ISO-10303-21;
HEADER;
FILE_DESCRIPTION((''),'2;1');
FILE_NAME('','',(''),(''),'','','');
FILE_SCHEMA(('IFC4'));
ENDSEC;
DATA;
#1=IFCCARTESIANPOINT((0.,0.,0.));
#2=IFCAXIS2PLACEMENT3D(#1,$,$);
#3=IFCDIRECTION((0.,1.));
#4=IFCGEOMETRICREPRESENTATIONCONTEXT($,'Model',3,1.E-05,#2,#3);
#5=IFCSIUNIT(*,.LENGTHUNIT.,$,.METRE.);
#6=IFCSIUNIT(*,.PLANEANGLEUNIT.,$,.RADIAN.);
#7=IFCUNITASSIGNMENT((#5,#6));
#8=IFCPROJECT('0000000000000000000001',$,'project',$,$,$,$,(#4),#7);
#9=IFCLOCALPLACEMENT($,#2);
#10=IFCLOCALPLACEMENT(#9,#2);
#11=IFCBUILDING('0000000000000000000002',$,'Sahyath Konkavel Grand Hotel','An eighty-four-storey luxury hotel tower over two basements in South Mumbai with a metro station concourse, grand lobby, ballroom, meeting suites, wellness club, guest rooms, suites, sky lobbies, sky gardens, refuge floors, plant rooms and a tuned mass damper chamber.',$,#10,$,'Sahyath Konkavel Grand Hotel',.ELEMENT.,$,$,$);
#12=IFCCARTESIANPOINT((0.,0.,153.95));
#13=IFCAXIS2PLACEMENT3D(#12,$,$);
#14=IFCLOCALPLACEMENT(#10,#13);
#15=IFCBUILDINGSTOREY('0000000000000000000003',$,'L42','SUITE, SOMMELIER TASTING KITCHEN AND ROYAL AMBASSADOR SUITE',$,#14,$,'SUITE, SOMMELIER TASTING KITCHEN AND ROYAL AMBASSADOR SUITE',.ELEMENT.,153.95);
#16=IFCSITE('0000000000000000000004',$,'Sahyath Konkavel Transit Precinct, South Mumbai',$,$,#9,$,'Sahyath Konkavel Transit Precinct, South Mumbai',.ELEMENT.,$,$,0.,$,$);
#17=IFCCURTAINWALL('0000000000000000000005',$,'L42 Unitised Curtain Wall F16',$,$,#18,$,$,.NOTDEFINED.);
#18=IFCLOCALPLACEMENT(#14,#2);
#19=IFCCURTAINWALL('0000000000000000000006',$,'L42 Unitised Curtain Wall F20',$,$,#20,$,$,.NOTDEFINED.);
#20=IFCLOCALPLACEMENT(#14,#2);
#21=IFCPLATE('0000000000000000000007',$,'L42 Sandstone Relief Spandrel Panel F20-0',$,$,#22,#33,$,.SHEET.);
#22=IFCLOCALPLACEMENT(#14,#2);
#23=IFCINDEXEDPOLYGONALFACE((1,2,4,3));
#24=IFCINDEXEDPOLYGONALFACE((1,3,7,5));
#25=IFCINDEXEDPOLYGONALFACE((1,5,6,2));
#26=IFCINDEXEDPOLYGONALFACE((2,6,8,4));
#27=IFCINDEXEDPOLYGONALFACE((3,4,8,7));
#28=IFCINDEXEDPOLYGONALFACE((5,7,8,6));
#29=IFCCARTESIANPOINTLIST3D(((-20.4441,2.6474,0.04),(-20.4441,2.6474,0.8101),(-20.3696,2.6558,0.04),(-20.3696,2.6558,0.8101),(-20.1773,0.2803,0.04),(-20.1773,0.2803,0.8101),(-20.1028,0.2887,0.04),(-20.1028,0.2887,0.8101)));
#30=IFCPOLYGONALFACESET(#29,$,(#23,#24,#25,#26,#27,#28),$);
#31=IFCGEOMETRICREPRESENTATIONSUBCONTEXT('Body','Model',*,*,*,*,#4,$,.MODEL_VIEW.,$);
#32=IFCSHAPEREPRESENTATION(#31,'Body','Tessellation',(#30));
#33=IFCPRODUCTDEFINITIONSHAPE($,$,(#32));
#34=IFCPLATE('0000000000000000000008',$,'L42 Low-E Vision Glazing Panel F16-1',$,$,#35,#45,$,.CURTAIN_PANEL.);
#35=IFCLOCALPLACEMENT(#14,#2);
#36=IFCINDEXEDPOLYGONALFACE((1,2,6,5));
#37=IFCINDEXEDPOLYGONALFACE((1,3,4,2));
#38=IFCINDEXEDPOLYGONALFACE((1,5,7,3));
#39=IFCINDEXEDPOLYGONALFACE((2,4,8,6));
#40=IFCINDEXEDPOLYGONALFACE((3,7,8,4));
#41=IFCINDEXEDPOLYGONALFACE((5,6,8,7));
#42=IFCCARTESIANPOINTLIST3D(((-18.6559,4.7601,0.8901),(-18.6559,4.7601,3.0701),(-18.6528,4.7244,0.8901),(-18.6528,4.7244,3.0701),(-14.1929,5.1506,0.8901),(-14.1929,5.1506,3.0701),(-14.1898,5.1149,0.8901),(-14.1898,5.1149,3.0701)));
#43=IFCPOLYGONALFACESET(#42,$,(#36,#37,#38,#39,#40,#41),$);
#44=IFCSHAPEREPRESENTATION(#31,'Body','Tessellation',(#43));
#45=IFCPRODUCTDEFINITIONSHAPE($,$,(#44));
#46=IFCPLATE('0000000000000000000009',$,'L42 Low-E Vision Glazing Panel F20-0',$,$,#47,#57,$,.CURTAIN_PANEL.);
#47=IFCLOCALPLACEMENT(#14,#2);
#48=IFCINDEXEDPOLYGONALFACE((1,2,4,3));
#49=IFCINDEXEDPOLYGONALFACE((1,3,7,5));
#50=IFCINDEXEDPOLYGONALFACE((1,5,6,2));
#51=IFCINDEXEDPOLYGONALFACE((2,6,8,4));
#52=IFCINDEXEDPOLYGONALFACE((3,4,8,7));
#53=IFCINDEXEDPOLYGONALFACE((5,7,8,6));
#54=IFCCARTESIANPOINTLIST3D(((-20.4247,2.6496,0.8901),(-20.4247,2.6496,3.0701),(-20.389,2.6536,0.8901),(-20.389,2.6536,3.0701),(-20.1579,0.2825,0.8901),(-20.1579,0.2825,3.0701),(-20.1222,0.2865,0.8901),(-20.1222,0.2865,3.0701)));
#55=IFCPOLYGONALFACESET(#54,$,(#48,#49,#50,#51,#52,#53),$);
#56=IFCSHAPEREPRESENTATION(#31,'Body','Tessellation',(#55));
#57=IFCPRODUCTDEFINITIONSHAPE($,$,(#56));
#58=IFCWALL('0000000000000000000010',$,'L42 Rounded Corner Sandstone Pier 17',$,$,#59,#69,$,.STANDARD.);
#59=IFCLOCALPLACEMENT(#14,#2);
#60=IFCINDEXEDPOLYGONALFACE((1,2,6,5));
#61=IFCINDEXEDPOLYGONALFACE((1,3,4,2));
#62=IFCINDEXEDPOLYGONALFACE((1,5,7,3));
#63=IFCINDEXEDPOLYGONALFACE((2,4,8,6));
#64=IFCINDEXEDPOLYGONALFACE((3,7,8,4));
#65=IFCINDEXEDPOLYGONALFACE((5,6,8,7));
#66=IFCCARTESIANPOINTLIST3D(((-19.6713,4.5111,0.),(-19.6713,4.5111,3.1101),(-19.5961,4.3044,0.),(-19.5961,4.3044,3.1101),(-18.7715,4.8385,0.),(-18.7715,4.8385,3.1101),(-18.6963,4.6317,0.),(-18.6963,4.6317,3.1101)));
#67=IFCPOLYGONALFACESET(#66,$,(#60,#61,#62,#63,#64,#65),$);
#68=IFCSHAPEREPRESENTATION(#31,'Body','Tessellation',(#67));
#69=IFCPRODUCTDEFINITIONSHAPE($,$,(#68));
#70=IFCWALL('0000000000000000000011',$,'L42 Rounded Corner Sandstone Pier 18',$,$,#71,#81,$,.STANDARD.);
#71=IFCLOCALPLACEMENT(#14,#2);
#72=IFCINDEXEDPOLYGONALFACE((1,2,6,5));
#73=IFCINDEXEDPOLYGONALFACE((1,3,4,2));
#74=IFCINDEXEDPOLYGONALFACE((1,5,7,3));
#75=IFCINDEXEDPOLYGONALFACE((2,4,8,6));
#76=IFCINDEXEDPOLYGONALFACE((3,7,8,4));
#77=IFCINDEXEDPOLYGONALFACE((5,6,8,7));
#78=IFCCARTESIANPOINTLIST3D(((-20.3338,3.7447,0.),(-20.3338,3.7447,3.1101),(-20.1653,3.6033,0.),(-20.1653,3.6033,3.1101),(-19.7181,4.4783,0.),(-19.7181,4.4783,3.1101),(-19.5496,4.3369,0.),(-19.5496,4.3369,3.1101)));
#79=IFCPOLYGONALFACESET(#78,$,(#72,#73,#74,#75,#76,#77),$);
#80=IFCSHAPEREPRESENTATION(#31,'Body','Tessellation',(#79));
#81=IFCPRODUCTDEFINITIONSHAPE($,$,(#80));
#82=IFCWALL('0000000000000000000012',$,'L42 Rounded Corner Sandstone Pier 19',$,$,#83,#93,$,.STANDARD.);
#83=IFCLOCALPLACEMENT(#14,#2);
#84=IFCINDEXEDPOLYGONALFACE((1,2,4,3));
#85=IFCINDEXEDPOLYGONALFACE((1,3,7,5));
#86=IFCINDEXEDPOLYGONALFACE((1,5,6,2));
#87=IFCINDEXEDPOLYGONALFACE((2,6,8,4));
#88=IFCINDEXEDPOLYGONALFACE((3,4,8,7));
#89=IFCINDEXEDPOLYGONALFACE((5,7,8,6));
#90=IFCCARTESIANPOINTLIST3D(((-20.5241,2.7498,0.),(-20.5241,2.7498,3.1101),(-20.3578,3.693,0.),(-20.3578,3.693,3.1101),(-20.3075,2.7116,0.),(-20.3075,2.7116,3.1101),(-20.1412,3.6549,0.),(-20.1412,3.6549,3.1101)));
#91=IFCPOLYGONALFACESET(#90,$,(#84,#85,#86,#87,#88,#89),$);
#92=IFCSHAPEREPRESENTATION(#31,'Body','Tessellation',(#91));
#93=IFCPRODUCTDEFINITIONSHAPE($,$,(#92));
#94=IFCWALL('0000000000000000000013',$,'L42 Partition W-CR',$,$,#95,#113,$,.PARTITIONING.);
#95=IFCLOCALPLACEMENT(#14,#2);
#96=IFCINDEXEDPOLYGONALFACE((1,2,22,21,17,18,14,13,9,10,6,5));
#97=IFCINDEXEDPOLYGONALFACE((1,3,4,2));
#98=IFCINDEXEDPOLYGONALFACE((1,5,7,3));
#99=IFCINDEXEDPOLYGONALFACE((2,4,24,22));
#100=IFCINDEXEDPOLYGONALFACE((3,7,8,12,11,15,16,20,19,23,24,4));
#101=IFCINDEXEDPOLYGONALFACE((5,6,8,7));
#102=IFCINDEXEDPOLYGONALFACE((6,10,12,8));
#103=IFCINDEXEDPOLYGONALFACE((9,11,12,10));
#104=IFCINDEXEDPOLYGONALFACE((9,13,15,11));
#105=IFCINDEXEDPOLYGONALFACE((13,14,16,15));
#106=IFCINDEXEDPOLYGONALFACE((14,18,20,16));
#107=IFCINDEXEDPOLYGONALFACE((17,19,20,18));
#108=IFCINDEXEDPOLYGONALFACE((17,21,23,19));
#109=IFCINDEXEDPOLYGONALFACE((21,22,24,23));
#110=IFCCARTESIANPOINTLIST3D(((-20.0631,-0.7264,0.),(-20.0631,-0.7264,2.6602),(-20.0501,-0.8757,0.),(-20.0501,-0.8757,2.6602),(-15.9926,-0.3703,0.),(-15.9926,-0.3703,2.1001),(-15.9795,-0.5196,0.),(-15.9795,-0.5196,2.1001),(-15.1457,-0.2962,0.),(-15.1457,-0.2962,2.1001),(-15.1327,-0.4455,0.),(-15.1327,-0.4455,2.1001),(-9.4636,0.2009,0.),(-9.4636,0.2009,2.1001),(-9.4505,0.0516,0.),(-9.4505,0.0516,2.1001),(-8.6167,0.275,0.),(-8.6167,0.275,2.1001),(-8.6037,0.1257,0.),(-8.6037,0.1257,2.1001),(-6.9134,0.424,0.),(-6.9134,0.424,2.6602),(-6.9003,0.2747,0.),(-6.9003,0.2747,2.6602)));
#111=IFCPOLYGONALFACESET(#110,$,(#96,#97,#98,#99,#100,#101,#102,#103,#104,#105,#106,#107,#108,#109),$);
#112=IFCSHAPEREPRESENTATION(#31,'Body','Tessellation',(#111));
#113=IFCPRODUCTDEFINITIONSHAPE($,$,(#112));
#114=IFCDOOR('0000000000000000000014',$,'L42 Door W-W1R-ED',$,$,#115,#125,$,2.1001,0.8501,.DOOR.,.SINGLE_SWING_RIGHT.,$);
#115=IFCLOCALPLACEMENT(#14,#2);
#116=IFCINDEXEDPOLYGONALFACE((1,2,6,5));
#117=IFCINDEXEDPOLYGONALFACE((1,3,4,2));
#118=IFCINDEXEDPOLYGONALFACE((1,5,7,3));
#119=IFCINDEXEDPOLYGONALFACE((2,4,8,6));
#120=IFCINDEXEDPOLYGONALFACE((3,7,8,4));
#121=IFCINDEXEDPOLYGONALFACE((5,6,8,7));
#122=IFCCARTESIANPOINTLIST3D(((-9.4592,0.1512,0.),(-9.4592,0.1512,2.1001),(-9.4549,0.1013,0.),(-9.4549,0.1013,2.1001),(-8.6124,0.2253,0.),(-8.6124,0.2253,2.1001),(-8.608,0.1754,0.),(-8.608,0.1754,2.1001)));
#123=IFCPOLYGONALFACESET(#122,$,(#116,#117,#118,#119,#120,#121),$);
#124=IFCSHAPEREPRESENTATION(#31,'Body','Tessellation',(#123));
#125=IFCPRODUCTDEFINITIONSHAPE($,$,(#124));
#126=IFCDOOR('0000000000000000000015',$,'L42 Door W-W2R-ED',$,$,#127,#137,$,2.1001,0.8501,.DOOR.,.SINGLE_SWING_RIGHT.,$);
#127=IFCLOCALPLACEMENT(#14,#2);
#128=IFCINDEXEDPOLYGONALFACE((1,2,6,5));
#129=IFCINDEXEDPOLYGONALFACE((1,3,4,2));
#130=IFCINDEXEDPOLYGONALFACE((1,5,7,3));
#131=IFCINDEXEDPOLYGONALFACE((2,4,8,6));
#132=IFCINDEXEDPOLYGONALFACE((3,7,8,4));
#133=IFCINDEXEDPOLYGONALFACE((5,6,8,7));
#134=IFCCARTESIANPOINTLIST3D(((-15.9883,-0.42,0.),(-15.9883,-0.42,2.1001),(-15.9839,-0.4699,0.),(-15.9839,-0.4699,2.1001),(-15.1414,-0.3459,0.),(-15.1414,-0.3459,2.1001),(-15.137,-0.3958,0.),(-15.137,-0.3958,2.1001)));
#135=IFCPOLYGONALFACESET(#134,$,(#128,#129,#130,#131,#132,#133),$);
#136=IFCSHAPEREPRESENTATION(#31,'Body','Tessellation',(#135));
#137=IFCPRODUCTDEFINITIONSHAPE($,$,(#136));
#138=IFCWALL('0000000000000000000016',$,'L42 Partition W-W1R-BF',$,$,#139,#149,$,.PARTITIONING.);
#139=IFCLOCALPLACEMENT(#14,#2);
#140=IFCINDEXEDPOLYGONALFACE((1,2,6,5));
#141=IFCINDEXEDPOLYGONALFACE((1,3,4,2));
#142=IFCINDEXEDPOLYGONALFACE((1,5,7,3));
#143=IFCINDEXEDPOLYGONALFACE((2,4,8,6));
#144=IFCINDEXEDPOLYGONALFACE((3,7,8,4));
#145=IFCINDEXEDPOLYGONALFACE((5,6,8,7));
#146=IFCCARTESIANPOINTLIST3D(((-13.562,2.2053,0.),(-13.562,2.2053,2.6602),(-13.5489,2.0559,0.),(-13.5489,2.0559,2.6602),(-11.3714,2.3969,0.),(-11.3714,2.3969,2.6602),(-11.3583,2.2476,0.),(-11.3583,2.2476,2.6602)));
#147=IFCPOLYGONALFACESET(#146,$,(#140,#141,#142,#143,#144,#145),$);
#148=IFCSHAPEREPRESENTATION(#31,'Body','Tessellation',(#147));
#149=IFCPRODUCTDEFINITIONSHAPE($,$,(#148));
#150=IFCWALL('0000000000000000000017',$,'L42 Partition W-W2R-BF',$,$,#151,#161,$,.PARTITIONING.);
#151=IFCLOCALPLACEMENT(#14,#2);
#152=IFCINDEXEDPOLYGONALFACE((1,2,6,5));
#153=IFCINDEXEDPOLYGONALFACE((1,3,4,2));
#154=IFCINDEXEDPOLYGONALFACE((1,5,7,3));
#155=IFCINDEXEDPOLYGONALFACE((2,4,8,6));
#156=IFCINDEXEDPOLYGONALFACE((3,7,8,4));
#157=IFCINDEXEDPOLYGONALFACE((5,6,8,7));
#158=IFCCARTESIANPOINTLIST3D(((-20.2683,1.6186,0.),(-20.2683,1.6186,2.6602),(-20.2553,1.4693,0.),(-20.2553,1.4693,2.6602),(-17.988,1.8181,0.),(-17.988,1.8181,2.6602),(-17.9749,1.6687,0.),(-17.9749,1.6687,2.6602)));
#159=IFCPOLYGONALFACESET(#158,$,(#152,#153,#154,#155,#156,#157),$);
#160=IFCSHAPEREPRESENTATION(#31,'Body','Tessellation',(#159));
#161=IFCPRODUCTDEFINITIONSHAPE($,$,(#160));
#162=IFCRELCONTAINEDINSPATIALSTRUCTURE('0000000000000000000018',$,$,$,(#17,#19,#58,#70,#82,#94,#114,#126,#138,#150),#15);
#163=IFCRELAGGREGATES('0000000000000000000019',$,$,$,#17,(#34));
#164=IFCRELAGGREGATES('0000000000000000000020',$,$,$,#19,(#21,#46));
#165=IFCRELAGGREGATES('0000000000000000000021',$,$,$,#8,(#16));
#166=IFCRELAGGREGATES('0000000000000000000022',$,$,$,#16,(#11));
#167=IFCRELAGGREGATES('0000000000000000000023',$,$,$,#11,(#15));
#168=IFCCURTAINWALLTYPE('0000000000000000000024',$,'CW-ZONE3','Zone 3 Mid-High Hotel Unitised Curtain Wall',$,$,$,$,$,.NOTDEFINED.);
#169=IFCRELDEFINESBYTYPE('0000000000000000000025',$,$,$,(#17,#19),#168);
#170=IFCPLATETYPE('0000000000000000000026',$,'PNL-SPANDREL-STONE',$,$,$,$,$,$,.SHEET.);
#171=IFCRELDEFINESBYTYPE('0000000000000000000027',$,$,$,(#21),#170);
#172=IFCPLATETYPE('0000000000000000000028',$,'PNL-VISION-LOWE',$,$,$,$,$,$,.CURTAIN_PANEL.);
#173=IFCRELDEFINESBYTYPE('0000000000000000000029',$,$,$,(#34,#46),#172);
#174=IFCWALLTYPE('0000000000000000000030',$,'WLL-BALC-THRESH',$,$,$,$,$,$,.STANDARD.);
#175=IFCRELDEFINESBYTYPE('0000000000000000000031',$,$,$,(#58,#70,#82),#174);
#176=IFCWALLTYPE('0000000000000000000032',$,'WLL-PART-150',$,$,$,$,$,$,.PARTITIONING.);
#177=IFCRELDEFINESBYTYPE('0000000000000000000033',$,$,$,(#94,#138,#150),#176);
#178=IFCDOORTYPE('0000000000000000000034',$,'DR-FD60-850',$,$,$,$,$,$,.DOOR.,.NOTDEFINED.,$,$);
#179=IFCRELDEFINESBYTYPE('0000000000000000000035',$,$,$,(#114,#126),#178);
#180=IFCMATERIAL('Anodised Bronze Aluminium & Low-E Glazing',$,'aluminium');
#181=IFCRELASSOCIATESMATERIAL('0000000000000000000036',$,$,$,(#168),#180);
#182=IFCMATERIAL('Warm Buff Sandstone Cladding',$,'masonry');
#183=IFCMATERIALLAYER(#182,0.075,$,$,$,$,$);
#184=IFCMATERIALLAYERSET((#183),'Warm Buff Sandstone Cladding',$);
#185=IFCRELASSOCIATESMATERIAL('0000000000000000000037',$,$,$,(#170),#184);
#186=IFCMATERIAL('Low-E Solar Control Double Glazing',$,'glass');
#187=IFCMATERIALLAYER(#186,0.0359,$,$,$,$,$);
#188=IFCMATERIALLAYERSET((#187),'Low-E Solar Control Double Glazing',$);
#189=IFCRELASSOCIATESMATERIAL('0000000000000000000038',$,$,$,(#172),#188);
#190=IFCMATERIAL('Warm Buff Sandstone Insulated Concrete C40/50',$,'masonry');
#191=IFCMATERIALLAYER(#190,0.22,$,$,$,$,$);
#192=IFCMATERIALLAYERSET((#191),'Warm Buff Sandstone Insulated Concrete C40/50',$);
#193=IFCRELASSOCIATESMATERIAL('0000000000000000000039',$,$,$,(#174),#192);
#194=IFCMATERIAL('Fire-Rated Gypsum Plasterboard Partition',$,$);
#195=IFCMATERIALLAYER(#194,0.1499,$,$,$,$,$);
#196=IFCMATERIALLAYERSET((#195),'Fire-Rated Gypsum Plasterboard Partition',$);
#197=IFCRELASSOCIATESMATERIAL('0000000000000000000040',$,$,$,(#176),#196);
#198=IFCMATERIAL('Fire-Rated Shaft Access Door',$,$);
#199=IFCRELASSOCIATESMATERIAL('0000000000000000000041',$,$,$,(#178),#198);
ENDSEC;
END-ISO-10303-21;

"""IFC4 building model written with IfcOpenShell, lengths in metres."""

from ifc_helpers import new_model, si_unit, direction, frame, frame_2d, origin, origin_2d, place, context, subcontext, project, spatial, rectangle, extrude, source, transform, mapped, material, layer, layer_set, type_object, element, fill, aggregate, save


model = new_model("IFC4")

# Units and contexts
model_context = context("Model", 3, precision=1e-05, world=origin(), true_north=direction((0.0, 1.0)))
body_context = subcontext(model_context, "Body", "Model", "MODEL_VIEW")
ifc_project = project(units=[si_unit("LENGTHUNIT", "METRE"), si_unit("PLANEANGLEUNIT", "RADIAN")], contexts=[model_context])

# Site, building, storey
site_placement = place(None, origin())
site = spatial("IfcSite", under=ifc_project, at=site_placement, Name="Sahyath Konkavel Transit Precinct, South Mumbai", LongName="Sahyath Konkavel Transit Precinct, South Mumbai", CompositionType="ELEMENT", RefElevation=0.0)
building_placement = place(site_placement, origin())
building = spatial("IfcBuilding", under=site, at=building_placement, Name="Sahyath Konkavel Grand Hotel", Description="An eighty-four-storey luxury hotel tower over two basements in South Mumbai with a metro station concourse, grand lobby, ballroom, meeting suites, wellness club, guest rooms, suites, sky lobbies, sky gardens, refuge floors, plant rooms and a tuned mass damper chamber.", LongName="Sahyath Konkavel Grand Hotel", CompositionType="ELEMENT")
storey_placement = place(building_placement, frame((0.0, 0.0, 153.95)))
storey = spatial("IfcBuildingStorey", under=building, at=storey_placement, Name="L42", Description="SUITE, SOMMELIER TASTING KITCHEN AND ROYAL AMBASSADOR SUITE", LongName="SUITE, SOMMELIER TASTING KITCHEN AND ROYAL AMBASSADOR SUITE", CompositionType="ELEMENT", Elevation=153.95)

# Curtain walls
ifc_material_1 = material(Name="Anodised Bronze Aluminium & Low-E Glazing", Category="aluminium")
curtain_wall_type = type_object("IfcCurtainWallType", Name="CW-ZONE3", Description="Zone 3 Mid-High Hotel Unitised Curtain Wall", PredefinedType="NOTDEFINED", material=ifc_material_1)
curtain_wall_1_placement = place(storey_placement, origin())
curtain_wall_1 = element("IfcCurtainWall", 1, at=curtain_wall_1_placement, inside=storey, type_object=curtain_wall_type, Name="L42 Unitised Curtain Wall F16", PredefinedType="NOTDEFINED")
curtain_wall_2_placement = place(storey_placement, origin())
curtain_wall_2 = element("IfcCurtainWall", 2, at=curtain_wall_2_placement, inside=storey, type_object=curtain_wall_type, Name="L42 Unitised Curtain Wall F20", PredefinedType="NOTDEFINED")

# Plates
ifc_material_2 = material(Name="Warm Buff Sandstone Cladding", Category="masonry")
ifc_layer_1 = layer(ifc_material_2, 0.075)
ifc_layer_set_1 = layer_set([ifc_layer_1], Name="Warm Buff Sandstone Cladding")
plate_type_1 = type_object("IfcPlateType", Name="PNL-SPANDREL-STONE", PredefinedType="SHEET", material=ifc_layer_set_1)
shared_shape_1 = source(origin(), body_context, "Body", "SweptSolid", [
    extrude(rectangle(XDim=2.3821, YDim=0.075, at=origin_2d()), origin(), (0.0, 0.0, 1.0), 0.77),
])
plate_1_placement = place(storey_placement, frame((-20.2734, 1.468, 0.04), z_axis=(0.0, 0.0, 1.0), x_axis=(0.111989, -0.993709, 0.0)))
plate_1 = element("IfcPlate", 3, at=plate_1_placement, type_object=plate_type_1, Name="L42 Sandstone Relief Spandrel Panel F20-0", PredefinedType="SHEET", context=body_context, shape_type="MappedRepresentation", body=[
    mapped(shared_shape_1, transform((0.0, 0.0, 0.0), scale=1.0)),
])
ifc_material_3 = material(Name="Low-E Solar Control Double Glazing", Category="glass")
ifc_layer_2 = layer(ifc_material_3, 0.0359)
ifc_layer_set_2 = layer_set([ifc_layer_2], Name="Low-E Solar Control Double Glazing")
plate_type_2 = type_object("IfcPlateType", Name="PNL-VISION-LOWE", PredefinedType="CURTAIN_PANEL", material=ifc_layer_set_2)
shared_shape_2 = source(origin(), body_context, "Body", "SweptSolid", [
    extrude(rectangle(XDim=4.48, YDim=0.0359, at=origin_2d()), origin(), (0.0, 0.0, 1.0), 2.1799),
])
plate_2_placement = place(storey_placement, frame((-16.4229, 4.9375, 0.8901), z_axis=(0.0, 0.0, 1.0), x_axis=(-0.996195, -0.087156, 0.0)))
plate_2 = element("IfcPlate", 4, at=plate_2_placement, type_object=plate_type_2, Name="L42 Low-E Vision Glazing Panel F16-1", PredefinedType="CURTAIN_PANEL", context=body_context, shape_type="MappedRepresentation", body=[
    mapped(shared_shape_2, transform((0.0, 0.0, 0.0), scale=1.0)),
])
aggregate(curtain_wall_1, [plate_2])
shared_shape_3 = source(origin(), body_context, "Body", "SweptSolid", [
    extrude(rectangle(XDim=2.3821, YDim=0.0359, at=origin_2d()), origin(), (0.0, 0.0, 1.0), 2.1799),
])
plate_3_placement = place(storey_placement, frame((-20.2734, 1.468, 0.8901), z_axis=(0.0, 0.0, 1.0), x_axis=(0.111989, -0.993709, 0.0)))
plate_3 = element("IfcPlate", 5, at=plate_3_placement, type_object=plate_type_2, Name="L42 Low-E Vision Glazing Panel F20-0", PredefinedType="CURTAIN_PANEL", context=body_context, shape_type="MappedRepresentation", body=[
    mapped(shared_shape_3, transform((0.0, 0.0, 0.0), scale=1.0)),
])
aggregate(curtain_wall_2, [plate_1, plate_3])

# Walls
ifc_material_4 = material(Name="Warm Buff Sandstone Insulated Concrete C40/50", Category="masonry")
ifc_layer_3 = layer(ifc_material_4, 0.22)
ifc_layer_set_3 = layer_set([ifc_layer_3], Name="Warm Buff Sandstone Insulated Concrete C40/50")
wall_type_1 = type_object("IfcWallType", Name="WLL-BALC-THRESH", PredefinedType="STANDARD", material=ifc_layer_set_3)
wall_1_placement = place(storey_placement, frame((-18.7339, 4.7351, 0.0), z_axis=(0.0, 0.0, 1.0), x_axis=(-0.939741, -0.341886, 0.0)))
element("IfcWall", 6, at=wall_1_placement, inside=storey, type_object=wall_type_1, Name="L42 Rounded Corner Sandstone Pier 17", PredefinedType="STANDARD", context=body_context, shape_type="SweptSolid", body=[
    extrude(rectangle(XDim=0.9575, YDim=0.22, at=frame_2d((0.4788, 0.0))), origin(), (0.0, 0.0, 1.0), 3.1101),
])
for number, where, z_axis, x_axis, name in (
    (7, (-19.6338, 4.4077, 0.0), (0.0, 0.0, 1.0), (-0.642863, -0.765981, 0.0), "L42 Rounded Corner Sandstone Pier 18"),
    (8, (-20.2495, 3.6741, 0.0), (0.0, 0.0, 1.0), (-0.173611, -0.984814, 0.0), "L42 Rounded Corner Sandstone Pier 19"),
):
    element("IfcWall", number, at=place(storey_placement, frame(where, z_axis=z_axis, x_axis=x_axis)), inside=storey, type_object=wall_type_1, Name=name, PredefinedType="STANDARD", context=body_context, shape_type="SweptSolid", body=[
        extrude(rectangle(XDim=0.9578, YDim=0.22, at=frame_2d((0.479, 0.0))), origin(), (0.0, 0.0, 1.0), 3.1101),
    ])

# Wall, openings, doors
ifc_material_5 = material(Name="Fire-Rated Gypsum Plasterboard Partition")
ifc_layer_4 = layer(ifc_material_5, 0.1499)
ifc_layer_set_4 = layer_set([ifc_layer_4], Name="Fire-Rated Gypsum Plasterboard Partition")
wall_type_2 = type_object("IfcWallType", Name="WLL-PART-150", PredefinedType="PARTITIONING", material=ifc_layer_set_4)
wall_2_placement = place(storey_placement, frame((-6.9067, 0.3494, 0.0), z_axis=(0.0, 0.0, 1.0), x_axis=(-0.996195, -0.087152, 0.0)))
wall_2 = element("IfcWall", 9, at=wall_2_placement, inside=storey, type_object=wall_type_2, Name="L42 Partition W-CR", PredefinedType="PARTITIONING", context=body_context, shape_type="SweptSolid", body=[
    extrude(rectangle(XDim=13.2, YDim=0.1499, at=frame_2d((6.6001, 0.0))), origin(), (0.0, 0.0, 1.0), 2.6602),
])
opening_1_placement = place(wall_2_placement, frame((1.71, 0.0, 0.0)))
opening_1 = element("IfcOpeningElement", 10, at=opening_1_placement, cuts=wall_2, PredefinedType="OPENING", context=body_context, shape_type="SweptSolid", body=[
    extrude(rectangle(XDim=0.8501, YDim=2.1001, at=frame_2d((0.425, 1.05))), frame((0.0, 0.085, 0.0), z_axis=(0.0, -1.0, 0.0), x_axis=(1.0, 0.0, 0.0)), (0.0, 0.0, 1.0), 0.1699),
])
opening_2_placement = place(wall_2_placement, frame((8.2639, 0.0, 0.0)))
opening_2 = element("IfcOpeningElement", 11, at=opening_2_placement, cuts=wall_2, PredefinedType="OPENING", context=body_context, shape_type="SweptSolid", body=[
    extrude(rectangle(XDim=0.8501, YDim=2.1001, at=frame_2d((0.425, 1.05))), frame((0.0, 0.085, 0.0), z_axis=(0.0, -1.0, 0.0), x_axis=(1.0, 0.0, 0.0)), (0.0, 0.0, 1.0), 0.1699),
])
ifc_material_6 = material(Name="Fire-Rated Shaft Access Door")
door_type = type_object("IfcDoorType", Name="DR-FD60-850", OperationType="NOTDEFINED", PredefinedType="DOOR", material=ifc_material_6)
shared_shape_4 = source(origin(), body_context, "Body", "SweptSolid", [
    extrude(rectangle(XDim=0.8501, YDim=0.05, at=origin_2d()), origin(), (0.0, 0.0, 1.0), 2.1001),
])
door_1_placement = place(opening_1_placement, frame((0.425, 0.0, 0.0)))
door_1 = element("IfcDoor", 12, at=door_1_placement, inside=storey, type_object=door_type, Name="L42 Door W-W1R-ED", OperationType="SINGLE_SWING_RIGHT", OverallHeight=2.1001, OverallWidth=0.8501, PredefinedType="DOOR", context=body_context, shape_type="MappedRepresentation", body=[
    mapped(shared_shape_4, transform((0.0, 0.0, 0.0), scale=1.0)),
])
fill(opening_1, door_1)
door_2_placement = place(opening_2_placement, frame((0.425, 0.0, 0.0)))
door_2 = element("IfcDoor", 13, at=door_2_placement, inside=storey, type_object=door_type, Name="L42 Door W-W2R-ED", OperationType="SINGLE_SWING_RIGHT", OverallHeight=2.1001, OverallWidth=0.8501, PredefinedType="DOOR", context=body_context, shape_type="MappedRepresentation", body=[
    mapped(shared_shape_4, transform((0.0, 0.0, 0.0), scale=1.0)),
])
fill(opening_2, door_2)

# Walls
wall_3_placement = place(storey_placement, frame((-11.3647, 2.3223, 0.0), z_axis=(0.0, 0.0, 1.0), x_axis=(-0.996195, -0.087152, 0.0)))
element("IfcWall", 14, at=wall_3_placement, inside=storey, type_object=wall_type_2, Name="L42 Partition W-W1R-BF", PredefinedType="PARTITIONING", context=body_context, shape_type="SweptSolid", body=[
    extrude(rectangle(XDim=2.199, YDim=0.1499, at=frame_2d((1.0996, 0.0))), origin(), (0.0, 0.0, 1.0), 2.6602),
])
wall_4_placement = place(storey_placement, frame((-17.9814, 1.7434, 0.0), z_axis=(0.0, 0.0, 1.0), x_axis=(-0.996196, -0.08714, 0.0)))
element("IfcWall", 15, at=wall_4_placement, inside=storey, type_object=wall_type_2, Name="L42 Partition W-W2R-BF", PredefinedType="PARTITIONING", context=body_context, shape_type="SweptSolid", body=[
    extrude(rectangle(XDim=2.2891, YDim=0.1499, at=frame_2d((1.1445, 0.0))), origin(), (0.0, 0.0, 1.0), 2.6602),
])

save(model, "model.ifc")
